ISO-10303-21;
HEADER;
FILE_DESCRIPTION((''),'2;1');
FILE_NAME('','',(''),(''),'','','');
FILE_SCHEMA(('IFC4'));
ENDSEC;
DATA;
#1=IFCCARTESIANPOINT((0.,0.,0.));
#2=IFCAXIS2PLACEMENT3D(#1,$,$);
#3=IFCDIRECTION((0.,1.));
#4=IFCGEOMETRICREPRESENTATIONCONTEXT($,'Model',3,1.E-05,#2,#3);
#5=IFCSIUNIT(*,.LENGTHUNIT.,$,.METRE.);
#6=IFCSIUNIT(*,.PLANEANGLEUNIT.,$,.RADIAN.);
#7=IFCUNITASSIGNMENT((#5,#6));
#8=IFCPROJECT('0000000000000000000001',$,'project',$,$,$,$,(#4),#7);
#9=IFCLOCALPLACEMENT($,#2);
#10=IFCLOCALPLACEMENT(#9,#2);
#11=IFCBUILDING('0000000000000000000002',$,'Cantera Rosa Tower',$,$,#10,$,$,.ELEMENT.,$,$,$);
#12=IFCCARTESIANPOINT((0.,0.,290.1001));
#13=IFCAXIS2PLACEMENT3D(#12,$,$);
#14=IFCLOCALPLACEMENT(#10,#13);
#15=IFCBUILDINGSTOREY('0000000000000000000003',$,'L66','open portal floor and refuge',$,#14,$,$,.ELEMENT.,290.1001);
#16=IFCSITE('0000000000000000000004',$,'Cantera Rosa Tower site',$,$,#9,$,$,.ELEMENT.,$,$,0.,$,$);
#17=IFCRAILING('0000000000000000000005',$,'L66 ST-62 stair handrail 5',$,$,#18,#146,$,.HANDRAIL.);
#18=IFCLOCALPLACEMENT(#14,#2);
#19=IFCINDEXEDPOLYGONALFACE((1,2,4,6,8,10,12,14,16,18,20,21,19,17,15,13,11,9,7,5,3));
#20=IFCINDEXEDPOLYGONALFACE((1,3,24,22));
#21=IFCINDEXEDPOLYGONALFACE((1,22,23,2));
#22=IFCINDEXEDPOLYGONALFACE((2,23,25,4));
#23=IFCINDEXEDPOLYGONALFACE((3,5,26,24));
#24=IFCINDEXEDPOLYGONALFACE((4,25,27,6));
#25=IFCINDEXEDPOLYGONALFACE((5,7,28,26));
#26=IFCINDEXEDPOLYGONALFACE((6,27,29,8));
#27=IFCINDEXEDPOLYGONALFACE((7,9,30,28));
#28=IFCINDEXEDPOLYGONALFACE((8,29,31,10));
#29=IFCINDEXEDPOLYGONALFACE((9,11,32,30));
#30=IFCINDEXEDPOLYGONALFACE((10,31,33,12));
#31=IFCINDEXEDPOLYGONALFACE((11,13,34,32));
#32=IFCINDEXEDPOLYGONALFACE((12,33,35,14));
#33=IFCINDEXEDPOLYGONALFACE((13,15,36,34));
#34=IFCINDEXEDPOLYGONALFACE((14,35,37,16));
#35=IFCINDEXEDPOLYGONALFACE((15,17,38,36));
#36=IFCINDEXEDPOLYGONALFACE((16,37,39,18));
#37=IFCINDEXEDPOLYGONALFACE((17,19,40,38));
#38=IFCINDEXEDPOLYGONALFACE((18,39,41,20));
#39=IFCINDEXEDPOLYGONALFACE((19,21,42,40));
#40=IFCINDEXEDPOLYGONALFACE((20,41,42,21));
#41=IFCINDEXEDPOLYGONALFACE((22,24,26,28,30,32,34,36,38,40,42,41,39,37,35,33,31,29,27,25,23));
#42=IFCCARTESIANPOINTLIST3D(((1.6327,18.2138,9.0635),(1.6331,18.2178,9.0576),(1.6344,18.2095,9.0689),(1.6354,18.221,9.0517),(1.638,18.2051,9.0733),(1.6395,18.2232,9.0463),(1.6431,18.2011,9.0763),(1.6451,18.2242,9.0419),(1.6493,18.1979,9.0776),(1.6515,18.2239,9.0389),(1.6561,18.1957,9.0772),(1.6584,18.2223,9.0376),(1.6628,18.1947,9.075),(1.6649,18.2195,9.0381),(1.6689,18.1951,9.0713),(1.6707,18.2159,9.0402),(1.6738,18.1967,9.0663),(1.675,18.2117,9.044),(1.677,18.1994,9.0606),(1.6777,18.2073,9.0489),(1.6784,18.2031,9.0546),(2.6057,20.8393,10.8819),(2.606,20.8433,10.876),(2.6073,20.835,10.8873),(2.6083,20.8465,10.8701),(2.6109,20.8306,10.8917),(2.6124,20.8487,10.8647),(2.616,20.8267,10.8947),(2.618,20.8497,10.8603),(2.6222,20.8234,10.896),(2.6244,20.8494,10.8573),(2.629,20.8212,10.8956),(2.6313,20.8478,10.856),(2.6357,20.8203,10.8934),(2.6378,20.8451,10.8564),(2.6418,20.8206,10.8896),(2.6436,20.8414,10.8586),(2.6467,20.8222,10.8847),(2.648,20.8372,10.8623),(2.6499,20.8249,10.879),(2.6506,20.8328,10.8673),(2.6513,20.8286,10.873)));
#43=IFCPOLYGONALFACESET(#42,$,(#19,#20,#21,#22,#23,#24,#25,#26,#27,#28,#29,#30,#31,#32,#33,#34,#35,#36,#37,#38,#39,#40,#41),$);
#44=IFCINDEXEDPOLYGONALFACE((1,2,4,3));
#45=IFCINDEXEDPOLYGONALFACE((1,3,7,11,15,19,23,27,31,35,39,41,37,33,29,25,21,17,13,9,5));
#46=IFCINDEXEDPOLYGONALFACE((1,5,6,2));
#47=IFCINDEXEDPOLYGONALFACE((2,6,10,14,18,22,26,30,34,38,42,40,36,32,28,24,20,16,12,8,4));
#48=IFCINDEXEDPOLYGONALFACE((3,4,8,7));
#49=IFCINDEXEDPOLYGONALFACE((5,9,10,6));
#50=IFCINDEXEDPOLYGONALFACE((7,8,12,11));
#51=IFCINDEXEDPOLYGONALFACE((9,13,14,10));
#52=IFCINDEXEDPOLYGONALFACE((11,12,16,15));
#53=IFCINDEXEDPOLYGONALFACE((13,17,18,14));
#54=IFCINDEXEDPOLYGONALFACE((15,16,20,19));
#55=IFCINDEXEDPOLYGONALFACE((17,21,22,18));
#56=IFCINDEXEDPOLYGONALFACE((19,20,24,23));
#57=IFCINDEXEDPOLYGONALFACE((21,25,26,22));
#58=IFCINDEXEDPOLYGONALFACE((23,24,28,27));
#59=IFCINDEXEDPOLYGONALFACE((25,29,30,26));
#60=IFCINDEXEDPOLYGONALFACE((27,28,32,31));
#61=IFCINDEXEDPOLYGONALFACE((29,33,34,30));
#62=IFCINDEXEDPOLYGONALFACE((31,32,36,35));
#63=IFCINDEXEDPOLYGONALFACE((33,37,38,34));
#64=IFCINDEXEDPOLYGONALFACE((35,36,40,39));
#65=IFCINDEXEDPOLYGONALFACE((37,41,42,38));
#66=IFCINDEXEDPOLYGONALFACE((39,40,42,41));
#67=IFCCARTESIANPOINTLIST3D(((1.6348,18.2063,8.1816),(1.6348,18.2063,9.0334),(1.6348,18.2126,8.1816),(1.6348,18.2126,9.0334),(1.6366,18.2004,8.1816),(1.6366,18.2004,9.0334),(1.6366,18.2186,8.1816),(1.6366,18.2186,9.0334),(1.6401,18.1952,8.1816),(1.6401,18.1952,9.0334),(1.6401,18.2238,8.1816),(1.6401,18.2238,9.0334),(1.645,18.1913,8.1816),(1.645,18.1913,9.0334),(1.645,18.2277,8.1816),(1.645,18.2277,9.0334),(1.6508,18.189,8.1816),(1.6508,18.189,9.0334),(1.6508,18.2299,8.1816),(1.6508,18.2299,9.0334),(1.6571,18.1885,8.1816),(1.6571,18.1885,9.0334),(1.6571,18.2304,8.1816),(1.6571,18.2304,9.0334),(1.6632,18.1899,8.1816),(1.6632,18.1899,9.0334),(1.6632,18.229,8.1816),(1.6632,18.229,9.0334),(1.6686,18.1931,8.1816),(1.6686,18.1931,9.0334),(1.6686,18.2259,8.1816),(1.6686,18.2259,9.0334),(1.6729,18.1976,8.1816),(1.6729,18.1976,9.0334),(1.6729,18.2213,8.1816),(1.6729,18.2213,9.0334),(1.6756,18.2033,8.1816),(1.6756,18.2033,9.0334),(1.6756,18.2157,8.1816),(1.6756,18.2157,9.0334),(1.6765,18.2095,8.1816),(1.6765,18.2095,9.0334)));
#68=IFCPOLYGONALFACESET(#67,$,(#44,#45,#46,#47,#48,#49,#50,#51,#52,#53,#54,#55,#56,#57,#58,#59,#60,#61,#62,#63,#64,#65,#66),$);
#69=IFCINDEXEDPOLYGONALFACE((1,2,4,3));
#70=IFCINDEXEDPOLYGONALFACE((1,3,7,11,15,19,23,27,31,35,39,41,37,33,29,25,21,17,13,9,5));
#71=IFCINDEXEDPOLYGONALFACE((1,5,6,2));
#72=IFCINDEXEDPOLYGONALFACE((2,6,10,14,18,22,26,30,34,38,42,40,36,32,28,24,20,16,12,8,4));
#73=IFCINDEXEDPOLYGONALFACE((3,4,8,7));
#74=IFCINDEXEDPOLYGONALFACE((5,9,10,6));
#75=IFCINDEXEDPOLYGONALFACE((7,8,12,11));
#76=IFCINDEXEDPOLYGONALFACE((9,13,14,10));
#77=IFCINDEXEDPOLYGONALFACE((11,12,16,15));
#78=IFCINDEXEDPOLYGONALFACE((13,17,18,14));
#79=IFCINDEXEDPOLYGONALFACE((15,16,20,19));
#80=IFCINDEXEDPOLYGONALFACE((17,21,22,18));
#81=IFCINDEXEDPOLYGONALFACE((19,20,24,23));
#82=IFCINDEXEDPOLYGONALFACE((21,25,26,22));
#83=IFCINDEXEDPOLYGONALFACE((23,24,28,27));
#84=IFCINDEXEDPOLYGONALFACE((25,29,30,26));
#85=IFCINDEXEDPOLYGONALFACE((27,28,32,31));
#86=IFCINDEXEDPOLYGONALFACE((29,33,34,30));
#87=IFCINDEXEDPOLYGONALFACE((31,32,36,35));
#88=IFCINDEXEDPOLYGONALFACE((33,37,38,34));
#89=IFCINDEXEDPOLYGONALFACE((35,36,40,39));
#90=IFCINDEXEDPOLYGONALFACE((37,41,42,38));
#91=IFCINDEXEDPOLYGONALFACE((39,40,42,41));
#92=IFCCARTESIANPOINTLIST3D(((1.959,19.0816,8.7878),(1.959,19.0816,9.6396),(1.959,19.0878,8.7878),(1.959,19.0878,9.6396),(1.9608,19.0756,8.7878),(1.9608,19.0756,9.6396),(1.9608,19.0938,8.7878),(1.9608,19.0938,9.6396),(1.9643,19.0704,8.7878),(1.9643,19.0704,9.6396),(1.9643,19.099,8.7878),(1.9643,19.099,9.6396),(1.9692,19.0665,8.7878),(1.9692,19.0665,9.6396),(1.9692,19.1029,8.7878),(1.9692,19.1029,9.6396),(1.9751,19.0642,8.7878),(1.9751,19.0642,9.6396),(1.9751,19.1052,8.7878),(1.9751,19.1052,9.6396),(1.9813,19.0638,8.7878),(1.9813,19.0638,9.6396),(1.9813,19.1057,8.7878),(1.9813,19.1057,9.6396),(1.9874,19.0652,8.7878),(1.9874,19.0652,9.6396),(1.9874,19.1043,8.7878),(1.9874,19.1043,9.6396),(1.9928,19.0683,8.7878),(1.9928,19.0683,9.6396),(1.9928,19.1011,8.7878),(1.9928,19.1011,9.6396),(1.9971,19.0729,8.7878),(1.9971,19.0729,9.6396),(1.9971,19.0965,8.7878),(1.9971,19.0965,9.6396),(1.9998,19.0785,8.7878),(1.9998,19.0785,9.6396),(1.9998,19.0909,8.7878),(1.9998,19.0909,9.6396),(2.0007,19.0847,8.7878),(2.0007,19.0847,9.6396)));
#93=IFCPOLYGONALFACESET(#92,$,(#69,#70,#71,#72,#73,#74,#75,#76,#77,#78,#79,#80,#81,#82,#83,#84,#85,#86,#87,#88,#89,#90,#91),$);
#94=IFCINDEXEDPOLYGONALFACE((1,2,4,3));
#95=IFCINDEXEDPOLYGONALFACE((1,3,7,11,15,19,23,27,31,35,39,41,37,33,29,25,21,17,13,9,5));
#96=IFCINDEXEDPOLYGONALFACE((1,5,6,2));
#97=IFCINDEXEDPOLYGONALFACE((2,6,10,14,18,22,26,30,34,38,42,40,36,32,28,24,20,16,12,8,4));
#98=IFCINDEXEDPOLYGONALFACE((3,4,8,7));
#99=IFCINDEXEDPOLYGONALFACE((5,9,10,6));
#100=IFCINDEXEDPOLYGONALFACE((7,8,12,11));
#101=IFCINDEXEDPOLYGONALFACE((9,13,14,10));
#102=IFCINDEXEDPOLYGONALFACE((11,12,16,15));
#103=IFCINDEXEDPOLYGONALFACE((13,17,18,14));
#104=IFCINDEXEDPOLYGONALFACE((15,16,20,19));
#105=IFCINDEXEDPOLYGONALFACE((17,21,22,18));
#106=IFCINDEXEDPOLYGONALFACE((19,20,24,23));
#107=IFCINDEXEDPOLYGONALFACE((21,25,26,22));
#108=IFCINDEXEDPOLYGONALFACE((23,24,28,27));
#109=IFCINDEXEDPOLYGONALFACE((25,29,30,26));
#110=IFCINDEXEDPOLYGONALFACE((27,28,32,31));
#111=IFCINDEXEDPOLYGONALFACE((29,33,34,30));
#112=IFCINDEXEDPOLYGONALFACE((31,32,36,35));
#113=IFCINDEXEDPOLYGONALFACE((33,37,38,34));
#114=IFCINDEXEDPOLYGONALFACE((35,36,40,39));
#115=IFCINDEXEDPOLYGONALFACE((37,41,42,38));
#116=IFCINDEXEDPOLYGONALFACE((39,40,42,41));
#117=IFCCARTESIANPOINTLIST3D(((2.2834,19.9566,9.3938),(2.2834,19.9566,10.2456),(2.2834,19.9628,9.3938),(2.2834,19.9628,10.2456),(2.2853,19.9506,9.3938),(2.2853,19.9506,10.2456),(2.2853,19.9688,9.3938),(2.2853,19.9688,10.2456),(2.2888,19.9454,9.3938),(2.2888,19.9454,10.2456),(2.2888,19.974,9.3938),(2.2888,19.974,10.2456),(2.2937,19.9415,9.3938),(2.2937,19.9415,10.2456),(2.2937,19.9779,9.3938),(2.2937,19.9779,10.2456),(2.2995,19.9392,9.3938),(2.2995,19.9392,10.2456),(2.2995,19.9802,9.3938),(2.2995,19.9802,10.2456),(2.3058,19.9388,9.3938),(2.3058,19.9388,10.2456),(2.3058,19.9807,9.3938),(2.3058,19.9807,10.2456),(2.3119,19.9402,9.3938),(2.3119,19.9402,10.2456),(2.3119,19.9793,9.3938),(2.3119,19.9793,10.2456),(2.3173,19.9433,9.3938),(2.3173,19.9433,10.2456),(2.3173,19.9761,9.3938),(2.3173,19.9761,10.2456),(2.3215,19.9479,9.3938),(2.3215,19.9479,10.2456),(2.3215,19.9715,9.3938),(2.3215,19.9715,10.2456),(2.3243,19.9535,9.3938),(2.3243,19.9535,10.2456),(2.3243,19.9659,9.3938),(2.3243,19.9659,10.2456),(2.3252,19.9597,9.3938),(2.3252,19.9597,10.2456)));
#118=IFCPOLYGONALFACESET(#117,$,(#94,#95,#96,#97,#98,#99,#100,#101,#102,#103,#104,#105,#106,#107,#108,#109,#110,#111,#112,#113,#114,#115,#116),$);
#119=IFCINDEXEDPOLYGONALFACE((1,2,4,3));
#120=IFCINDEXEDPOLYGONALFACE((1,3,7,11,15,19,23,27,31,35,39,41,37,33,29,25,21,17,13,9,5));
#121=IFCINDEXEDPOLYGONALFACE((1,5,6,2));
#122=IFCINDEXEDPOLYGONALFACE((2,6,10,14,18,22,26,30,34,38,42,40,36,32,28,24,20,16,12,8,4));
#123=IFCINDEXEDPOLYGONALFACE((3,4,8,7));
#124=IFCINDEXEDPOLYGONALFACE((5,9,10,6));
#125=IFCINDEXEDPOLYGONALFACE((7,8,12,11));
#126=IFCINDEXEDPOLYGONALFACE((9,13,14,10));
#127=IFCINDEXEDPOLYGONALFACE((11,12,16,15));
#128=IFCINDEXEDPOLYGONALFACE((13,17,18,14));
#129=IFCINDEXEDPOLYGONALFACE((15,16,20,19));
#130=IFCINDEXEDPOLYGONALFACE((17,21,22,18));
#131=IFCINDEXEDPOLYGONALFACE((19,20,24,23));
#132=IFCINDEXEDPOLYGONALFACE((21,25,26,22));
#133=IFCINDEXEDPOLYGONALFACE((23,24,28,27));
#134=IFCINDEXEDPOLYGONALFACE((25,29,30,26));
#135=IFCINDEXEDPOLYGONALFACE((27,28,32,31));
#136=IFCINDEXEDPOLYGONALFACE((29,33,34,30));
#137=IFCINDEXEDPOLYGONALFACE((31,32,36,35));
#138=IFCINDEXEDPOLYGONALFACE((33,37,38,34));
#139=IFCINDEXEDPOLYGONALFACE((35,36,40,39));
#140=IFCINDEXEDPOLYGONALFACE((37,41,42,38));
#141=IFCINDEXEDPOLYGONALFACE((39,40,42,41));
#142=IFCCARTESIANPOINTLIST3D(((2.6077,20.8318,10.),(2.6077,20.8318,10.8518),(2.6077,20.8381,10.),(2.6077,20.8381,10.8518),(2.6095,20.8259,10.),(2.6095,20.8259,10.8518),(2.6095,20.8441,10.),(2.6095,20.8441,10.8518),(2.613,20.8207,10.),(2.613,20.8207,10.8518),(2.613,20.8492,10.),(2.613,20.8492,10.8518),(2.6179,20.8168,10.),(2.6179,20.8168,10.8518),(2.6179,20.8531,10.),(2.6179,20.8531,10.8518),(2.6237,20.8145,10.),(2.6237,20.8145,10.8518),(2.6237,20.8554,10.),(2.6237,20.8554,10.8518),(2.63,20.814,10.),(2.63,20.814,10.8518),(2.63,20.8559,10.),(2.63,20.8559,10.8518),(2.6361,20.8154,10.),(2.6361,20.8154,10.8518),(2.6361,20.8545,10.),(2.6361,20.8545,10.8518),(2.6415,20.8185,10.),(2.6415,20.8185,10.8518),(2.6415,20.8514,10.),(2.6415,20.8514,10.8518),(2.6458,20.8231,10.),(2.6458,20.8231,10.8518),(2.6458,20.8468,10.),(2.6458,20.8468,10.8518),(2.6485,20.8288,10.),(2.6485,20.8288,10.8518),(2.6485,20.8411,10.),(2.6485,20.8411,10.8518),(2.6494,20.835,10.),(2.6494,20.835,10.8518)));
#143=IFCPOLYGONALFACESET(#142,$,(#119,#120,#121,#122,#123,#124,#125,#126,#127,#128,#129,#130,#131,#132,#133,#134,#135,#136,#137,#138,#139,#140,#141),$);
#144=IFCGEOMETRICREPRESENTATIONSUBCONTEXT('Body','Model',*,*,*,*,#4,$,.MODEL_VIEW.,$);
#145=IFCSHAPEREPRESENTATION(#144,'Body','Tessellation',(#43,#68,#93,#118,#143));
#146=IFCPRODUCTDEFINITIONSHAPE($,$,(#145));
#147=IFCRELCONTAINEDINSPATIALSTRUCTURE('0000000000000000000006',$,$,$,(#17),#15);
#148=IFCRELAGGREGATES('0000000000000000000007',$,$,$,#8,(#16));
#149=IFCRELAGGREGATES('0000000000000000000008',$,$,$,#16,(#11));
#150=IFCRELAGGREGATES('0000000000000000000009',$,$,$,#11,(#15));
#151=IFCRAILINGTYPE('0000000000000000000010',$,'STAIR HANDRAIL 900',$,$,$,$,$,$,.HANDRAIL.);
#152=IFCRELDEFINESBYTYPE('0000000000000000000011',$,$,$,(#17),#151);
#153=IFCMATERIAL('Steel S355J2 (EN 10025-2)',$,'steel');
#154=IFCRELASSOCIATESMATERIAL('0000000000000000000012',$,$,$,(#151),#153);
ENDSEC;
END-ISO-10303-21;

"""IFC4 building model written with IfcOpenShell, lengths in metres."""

from ifc_helpers import new_model, si_unit, direction, frame, origin, origin_2d, place, context, subcontext, project, spatial, circle, extrude, material, type_object, element, save


model = new_model("IFC4")

# Units and contexts
model_context = context("Model", 3, precision=1e-05, world=origin(), true_north=direction((0.0, 1.0)))
body_context = subcontext(model_context, "Body", "Model", "MODEL_VIEW")
ifc_project = project(units=[si_unit("LENGTHUNIT", "METRE"), si_unit("PLANEANGLEUNIT", "RADIAN")], contexts=[model_context])

# Site, building, storey
site_placement = place(None, origin())
site = spatial("IfcSite", under=ifc_project, at=site_placement, Name="Cantera Rosa Tower site", CompositionType="ELEMENT", RefElevation=0.0)
building_placement = place(site_placement, origin())
building = spatial("IfcBuilding", under=site, at=building_placement, Name="Cantera Rosa Tower", CompositionType="ELEMENT")
storey_placement = place(building_placement, frame((0.0, 0.0, 290.1001)))
storey = spatial("IfcBuildingStorey", under=building, at=storey_placement, Name="L66", Description="open portal floor and refuge", CompositionType="ELEMENT", Elevation=290.1001)

# Railing
ifc_material_1 = material(Name="Steel S355J2 (EN 10025-2)", Category="steel")
railing_type_1 = type_object("IfcRailingType", Name="STAIR HANDRAIL 900", PredefinedType="HANDRAIL", material=ifc_material_1)
for number, where, name in (
    (1, (1.6555, 18.2095, 8.1816), "L66 ST-62 stair handrail 5"),
):
    element("IfcRailing", number, at=place(storey_placement, frame(where)), inside=storey, type_object=railing_type_1, Name=name, PredefinedType="HANDRAIL", context=body_context, shape_type="SweptSolid", body=[
        extrude(circle(Radius=0.0239, at=origin_2d()), frame((0.0, 0.0, 0.876), z_axis=(0.291411, 0.786407, 0.54465), x_axis=(-0.937691, 0.347471, 0.0)), (0.0, 0.0, 1.0), 3.3386),
        extrude(circle(Radius=0.021, at=origin_2d()), origin(), (0.0, 0.0, 1.0), 0.8518),
        extrude(circle(Radius=0.021, at=origin_2d()), frame((0.3242, 0.8752, 0.6062)), (0.0, 0.0, 1.0), 0.8518),
        extrude(circle(Radius=0.021, at=origin_2d()), frame((0.6487, 1.7502, 1.2122)), (0.0, 0.0, 1.0), 0.8518),
        extrude(circle(Radius=0.021, at=origin_2d()), frame((0.9729, 2.6255, 1.8184)), (0.0, 0.0, 1.0), 0.8518),
    ])

save(model, "model.ifc")
